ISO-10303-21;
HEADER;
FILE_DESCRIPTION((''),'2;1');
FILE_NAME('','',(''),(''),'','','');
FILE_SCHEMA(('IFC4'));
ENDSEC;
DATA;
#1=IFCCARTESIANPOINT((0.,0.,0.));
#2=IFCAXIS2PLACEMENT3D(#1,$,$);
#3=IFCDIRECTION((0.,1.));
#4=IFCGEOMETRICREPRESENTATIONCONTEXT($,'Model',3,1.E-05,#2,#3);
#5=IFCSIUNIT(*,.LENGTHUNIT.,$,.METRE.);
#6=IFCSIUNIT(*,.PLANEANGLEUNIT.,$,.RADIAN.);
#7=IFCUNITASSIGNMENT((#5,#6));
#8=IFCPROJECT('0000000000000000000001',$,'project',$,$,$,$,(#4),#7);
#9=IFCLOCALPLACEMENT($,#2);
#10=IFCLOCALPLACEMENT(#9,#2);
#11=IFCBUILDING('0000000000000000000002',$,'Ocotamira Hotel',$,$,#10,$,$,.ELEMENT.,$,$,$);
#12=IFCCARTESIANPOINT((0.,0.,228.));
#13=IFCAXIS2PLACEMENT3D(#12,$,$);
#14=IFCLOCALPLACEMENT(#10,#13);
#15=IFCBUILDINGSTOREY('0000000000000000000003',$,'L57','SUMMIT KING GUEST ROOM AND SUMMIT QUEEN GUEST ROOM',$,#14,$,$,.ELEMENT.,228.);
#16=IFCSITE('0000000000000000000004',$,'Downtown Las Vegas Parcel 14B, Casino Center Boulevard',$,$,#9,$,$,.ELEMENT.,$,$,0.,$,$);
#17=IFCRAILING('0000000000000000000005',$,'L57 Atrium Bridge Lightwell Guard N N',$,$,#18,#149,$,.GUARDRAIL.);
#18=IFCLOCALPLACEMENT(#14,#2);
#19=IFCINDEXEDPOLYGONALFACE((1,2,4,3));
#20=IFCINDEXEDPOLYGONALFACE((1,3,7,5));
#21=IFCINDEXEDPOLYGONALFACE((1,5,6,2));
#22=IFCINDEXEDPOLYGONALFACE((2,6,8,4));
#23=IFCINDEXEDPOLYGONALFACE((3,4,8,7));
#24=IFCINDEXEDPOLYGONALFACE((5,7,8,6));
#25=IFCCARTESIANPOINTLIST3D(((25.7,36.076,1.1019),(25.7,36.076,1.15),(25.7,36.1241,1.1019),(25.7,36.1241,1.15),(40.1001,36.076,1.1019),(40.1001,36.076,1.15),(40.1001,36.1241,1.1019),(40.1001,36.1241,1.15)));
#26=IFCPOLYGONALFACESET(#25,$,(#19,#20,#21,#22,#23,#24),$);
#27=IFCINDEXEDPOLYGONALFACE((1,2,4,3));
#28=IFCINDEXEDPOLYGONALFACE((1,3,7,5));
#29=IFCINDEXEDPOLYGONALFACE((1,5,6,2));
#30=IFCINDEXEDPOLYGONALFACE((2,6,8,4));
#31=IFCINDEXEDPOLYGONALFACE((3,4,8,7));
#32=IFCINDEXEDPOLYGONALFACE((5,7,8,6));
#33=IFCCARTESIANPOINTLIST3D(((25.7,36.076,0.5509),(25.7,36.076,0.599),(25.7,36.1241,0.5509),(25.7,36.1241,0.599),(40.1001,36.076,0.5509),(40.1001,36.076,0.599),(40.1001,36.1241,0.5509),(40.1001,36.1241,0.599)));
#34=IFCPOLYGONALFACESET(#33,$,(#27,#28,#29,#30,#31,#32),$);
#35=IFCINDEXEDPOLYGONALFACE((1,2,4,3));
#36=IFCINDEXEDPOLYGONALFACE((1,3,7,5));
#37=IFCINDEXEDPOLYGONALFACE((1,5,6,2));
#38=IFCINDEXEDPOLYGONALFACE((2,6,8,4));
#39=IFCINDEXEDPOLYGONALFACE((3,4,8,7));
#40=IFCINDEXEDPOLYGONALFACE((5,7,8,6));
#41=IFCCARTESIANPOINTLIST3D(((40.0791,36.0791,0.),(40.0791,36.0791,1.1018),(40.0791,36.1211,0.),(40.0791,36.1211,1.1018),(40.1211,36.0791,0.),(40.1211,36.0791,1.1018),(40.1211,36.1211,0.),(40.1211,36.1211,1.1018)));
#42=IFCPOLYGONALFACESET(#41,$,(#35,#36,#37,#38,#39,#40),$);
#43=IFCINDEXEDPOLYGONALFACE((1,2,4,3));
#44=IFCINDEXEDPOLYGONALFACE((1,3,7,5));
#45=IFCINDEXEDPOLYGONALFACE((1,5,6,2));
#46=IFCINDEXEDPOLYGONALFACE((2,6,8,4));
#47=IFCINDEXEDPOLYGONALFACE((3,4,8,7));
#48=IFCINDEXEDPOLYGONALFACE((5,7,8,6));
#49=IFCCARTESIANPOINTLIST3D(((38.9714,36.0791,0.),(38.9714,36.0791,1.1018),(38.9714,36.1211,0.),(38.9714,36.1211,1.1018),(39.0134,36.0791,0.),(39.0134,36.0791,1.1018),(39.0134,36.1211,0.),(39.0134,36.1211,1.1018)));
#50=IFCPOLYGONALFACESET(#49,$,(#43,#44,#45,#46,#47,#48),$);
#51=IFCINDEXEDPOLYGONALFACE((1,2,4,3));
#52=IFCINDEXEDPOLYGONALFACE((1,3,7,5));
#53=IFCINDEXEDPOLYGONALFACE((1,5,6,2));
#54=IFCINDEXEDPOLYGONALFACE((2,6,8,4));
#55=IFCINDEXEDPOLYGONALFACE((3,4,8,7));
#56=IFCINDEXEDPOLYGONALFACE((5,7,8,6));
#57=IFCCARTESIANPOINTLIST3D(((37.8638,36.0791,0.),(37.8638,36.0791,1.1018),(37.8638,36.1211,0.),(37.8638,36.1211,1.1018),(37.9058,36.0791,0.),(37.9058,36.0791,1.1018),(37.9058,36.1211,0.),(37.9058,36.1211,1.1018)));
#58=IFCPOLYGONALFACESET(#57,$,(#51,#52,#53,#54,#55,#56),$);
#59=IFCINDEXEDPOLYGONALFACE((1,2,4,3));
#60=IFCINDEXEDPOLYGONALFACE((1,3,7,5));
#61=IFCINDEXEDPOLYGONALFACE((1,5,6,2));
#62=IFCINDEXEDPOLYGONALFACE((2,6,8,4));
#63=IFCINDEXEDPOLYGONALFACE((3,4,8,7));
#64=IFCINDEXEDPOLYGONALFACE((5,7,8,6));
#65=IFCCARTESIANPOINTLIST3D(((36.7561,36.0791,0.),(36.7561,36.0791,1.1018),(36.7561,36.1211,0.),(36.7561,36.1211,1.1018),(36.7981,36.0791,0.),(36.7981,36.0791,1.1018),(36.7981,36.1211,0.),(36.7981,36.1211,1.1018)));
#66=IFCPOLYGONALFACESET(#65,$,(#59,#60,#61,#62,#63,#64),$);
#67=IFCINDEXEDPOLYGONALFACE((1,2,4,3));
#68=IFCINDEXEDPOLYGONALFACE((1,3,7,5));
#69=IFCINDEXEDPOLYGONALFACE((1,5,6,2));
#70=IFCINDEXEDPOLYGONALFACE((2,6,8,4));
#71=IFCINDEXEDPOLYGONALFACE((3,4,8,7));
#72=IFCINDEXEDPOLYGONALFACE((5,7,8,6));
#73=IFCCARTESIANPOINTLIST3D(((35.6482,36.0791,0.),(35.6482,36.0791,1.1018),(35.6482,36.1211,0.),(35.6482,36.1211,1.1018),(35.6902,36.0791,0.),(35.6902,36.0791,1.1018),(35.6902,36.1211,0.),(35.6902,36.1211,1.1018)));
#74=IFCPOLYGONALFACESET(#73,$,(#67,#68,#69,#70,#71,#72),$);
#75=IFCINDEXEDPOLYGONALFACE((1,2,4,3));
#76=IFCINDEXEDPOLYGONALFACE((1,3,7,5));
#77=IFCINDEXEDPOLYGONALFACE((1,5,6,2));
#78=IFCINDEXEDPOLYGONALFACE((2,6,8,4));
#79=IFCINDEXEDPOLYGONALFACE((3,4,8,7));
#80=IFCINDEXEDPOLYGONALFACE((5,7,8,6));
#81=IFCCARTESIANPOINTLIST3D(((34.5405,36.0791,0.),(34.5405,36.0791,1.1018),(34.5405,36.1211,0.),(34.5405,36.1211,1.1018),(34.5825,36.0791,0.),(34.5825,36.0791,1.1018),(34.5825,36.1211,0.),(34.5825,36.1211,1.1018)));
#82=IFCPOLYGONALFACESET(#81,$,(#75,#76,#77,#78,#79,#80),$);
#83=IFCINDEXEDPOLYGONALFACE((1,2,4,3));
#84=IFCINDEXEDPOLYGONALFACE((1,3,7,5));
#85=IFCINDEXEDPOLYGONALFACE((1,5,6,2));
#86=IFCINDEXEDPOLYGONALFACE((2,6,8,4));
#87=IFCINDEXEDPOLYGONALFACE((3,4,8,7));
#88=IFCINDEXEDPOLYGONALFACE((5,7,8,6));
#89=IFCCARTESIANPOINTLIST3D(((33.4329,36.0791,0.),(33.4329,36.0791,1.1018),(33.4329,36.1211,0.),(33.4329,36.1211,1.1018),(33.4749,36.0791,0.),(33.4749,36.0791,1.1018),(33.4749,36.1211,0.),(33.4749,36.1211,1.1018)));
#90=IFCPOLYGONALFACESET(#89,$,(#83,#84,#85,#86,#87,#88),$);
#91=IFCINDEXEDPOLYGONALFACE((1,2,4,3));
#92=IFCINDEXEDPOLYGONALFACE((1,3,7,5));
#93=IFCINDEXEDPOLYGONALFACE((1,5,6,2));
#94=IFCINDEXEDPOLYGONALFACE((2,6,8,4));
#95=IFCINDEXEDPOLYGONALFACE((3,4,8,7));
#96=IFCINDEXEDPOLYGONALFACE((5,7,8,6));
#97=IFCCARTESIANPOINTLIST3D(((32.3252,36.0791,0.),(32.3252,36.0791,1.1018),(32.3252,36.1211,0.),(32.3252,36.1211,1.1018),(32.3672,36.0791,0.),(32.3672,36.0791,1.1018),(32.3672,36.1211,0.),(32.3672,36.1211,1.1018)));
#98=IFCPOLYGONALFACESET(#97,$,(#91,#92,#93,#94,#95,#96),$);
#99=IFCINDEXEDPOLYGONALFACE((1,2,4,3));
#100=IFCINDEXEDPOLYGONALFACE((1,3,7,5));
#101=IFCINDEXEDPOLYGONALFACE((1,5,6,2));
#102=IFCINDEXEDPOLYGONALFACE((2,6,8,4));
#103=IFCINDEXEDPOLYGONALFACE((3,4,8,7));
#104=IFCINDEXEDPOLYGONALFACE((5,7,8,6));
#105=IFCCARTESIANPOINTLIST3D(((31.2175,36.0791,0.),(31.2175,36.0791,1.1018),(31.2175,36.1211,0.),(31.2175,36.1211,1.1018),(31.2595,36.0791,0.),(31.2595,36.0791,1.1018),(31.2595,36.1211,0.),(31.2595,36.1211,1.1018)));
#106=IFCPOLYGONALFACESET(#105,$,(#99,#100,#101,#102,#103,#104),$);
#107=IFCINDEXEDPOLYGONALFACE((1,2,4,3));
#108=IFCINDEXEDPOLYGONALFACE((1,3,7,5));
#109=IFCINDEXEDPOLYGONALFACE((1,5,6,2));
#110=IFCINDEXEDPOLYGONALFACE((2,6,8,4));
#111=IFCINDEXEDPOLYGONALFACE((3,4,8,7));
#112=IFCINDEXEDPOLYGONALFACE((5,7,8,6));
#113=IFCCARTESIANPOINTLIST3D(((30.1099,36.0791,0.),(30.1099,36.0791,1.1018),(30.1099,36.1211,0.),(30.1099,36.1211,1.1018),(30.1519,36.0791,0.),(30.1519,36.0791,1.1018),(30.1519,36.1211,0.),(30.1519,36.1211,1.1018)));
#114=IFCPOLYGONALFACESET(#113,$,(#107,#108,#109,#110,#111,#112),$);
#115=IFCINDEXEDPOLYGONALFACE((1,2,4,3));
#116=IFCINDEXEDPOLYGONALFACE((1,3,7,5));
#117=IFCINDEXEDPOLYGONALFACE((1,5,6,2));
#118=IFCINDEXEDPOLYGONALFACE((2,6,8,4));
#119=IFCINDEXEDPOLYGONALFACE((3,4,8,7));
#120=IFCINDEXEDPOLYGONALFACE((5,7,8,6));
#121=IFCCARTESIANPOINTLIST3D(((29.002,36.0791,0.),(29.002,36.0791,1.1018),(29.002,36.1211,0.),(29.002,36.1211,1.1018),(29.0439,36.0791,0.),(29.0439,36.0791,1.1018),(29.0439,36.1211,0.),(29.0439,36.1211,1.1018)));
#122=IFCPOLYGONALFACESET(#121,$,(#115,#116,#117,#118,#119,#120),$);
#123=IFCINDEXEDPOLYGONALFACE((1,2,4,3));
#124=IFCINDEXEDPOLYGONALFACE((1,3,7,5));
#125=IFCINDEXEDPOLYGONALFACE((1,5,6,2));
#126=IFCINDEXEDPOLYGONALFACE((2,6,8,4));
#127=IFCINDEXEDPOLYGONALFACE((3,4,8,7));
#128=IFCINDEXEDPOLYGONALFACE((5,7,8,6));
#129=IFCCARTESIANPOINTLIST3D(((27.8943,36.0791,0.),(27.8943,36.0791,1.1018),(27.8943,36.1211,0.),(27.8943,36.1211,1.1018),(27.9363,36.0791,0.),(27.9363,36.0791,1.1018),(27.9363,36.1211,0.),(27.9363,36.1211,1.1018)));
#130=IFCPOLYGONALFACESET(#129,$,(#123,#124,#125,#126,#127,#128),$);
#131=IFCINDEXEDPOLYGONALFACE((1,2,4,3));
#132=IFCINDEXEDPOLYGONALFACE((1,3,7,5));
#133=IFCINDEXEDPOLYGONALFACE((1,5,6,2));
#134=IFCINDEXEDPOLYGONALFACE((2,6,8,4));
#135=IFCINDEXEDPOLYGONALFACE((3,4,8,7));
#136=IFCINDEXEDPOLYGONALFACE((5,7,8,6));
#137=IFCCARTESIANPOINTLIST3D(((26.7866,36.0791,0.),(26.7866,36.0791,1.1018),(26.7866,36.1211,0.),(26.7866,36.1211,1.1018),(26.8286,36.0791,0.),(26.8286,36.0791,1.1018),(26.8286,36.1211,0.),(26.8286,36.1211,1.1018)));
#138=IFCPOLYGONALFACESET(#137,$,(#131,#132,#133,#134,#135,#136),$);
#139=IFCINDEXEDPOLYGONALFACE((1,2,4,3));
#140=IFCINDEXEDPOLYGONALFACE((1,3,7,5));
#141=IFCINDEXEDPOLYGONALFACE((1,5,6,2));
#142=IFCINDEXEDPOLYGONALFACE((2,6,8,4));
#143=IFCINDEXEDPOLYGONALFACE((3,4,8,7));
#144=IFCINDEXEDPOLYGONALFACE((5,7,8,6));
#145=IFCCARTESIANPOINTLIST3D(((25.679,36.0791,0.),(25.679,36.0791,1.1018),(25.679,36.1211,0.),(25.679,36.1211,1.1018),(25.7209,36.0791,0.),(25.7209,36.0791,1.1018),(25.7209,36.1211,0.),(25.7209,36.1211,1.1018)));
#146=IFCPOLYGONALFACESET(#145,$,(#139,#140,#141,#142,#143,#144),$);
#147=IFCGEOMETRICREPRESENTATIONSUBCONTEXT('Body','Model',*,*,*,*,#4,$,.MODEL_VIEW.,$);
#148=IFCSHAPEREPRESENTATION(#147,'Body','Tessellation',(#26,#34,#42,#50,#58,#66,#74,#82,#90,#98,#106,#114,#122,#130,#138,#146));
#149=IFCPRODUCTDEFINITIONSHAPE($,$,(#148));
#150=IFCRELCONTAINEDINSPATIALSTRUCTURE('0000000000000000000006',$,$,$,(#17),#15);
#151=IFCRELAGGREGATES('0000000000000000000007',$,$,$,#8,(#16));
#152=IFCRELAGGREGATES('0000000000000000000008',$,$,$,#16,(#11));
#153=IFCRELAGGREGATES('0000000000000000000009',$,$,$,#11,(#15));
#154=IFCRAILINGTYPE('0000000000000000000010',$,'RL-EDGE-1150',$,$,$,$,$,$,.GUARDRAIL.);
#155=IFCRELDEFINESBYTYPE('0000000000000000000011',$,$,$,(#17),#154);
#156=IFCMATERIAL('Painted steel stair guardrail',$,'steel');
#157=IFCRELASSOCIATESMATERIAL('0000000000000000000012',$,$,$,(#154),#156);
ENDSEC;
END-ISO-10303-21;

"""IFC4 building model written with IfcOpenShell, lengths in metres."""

from ifc_helpers import new_model, si_unit, direction, frame, origin, origin_2d, place, context, subcontext, project, spatial, rectangle, extrude, material, type_object, element, save


model = new_model("IFC4")

# Units and contexts
model_context = context("Model", 3, precision=1e-05, world=origin(), true_north=direction((0.0, 1.0)))
body_context = subcontext(model_context, "Body", "Model", "MODEL_VIEW")
ifc_project = project(units=[si_unit("LENGTHUNIT", "METRE"), si_unit("PLANEANGLEUNIT", "RADIAN")], contexts=[model_context])

# Site, building, storey
site_placement = place(None, origin())
site = spatial("IfcSite", under=ifc_project, at=site_placement, Name="Downtown Las Vegas Parcel 14B, Casino Center Boulevard", CompositionType="ELEMENT", RefElevation=0.0)
building_placement = place(site_placement, origin())
building = spatial("IfcBuilding", under=site, at=building_placement, Name="Ocotamira Hotel", CompositionType="ELEMENT")
storey_placement = place(building_placement, frame((0.0, 0.0, 228.0)))
storey = spatial("IfcBuildingStorey", under=building, at=storey_placement, Name="L57", Description="SUMMIT KING GUEST ROOM AND SUMMIT QUEEN GUEST ROOM", CompositionType="ELEMENT", Elevation=228.0)

# Railing
ifc_material_1 = material(Name="Painted steel stair guardrail", Category="steel")
railing_type = type_object("IfcRailingType", Name="RL-EDGE-1150", PredefinedType="GUARDRAIL", material=ifc_material_1)
railing_placement = place(storey_placement, frame((40.1001, 36.1001, 0.0)))
element("IfcRailing", 1, at=railing_placement, inside=storey, type_object=railing_type, Name="L57 Atrium Bridge Lightwell Guard N N", PredefinedType="GUARDRAIL", context=body_context, shape_type="SweptSolid", body=[
    extrude(rectangle(XDim=0.0481, YDim=0.0481, at=origin_2d()), frame((0.0, 0.0, 1.126), z_axis=(-1.0, 0.0, 0.0), x_axis=(0.0, -1.0, 0.0)), (0.0, 0.0, 1.0), 14.4001),
    extrude(rectangle(XDim=0.0481, YDim=0.0481, at=origin_2d()), frame((0.0, 0.0, 0.575), z_axis=(-1.0, 0.0, 0.0), x_axis=(0.0, -1.0, 0.0)), (0.0, 0.0, 1.0), 14.4001),
    extrude(rectangle(XDim=0.042, YDim=0.042, at=origin_2d()), origin(), (0.0, 0.0, 1.0), 1.1018),
    extrude(rectangle(XDim=0.042, YDim=0.042, at=origin_2d()), frame((-1.1077, 0.0, 0.0)), (0.0, 0.0, 1.0), 1.1018),
    extrude(rectangle(XDim=0.042, YDim=0.042, at=origin_2d()), frame((-2.2153, 0.0, 0.0)), (0.0, 0.0, 1.0), 1.1018),
    extrude(rectangle(XDim=0.042, YDim=0.042, at=origin_2d()), frame((-3.323, 0.0, 0.0)), (0.0, 0.0, 1.0), 1.1018),
    extrude(rectangle(XDim=0.042, YDim=0.042, at=origin_2d()), frame((-4.4309, 0.0, 0.0)), (0.0, 0.0, 1.0), 1.1018),
    extrude(rectangle(XDim=0.042, YDim=0.042, at=origin_2d()), frame((-5.5386, 0.0, 0.0)), (0.0, 0.0, 1.0), 1.1018),
    extrude(rectangle(XDim=0.042, YDim=0.042, at=origin_2d()), frame((-6.6462, 0.0, 0.0)), (0.0, 0.0, 1.0), 1.1018),
    extrude(rectangle(XDim=0.042, YDim=0.042, at=origin_2d()), frame((-7.7539, 0.0, 0.0)), (0.0, 0.0, 1.0), 1.1018),
    extrude(rectangle(XDim=0.042, YDim=0.042, at=origin_2d()), frame((-8.8616, 0.0, 0.0)), (0.0, 0.0, 1.0), 1.1018),
    extrude(rectangle(XDim=0.042, YDim=0.042, at=origin_2d()), frame((-9.9692, 0.0, 0.0)), (0.0, 0.0, 1.0), 1.1018),
    extrude(rectangle(XDim=0.042, YDim=0.042, at=origin_2d()), frame((-11.0771, 0.0, 0.0)), (0.0, 0.0, 1.0), 1.1018),
    extrude(rectangle(XDim=0.042, YDim=0.042, at=origin_2d()), frame((-12.1848, 0.0, 0.0)), (0.0, 0.0, 1.0), 1.1018),
    extrude(rectangle(XDim=0.042, YDim=0.042, at=origin_2d()), frame((-13.2925, 0.0, 0.0)), (0.0, 0.0, 1.0), 1.1018),
    extrude(rectangle(XDim=0.042, YDim=0.042, at=origin_2d()), frame((-14.4001, 0.0, 0.0)), (0.0, 0.0, 1.0), 1.1018),
])

save(model, "model.ifc")
